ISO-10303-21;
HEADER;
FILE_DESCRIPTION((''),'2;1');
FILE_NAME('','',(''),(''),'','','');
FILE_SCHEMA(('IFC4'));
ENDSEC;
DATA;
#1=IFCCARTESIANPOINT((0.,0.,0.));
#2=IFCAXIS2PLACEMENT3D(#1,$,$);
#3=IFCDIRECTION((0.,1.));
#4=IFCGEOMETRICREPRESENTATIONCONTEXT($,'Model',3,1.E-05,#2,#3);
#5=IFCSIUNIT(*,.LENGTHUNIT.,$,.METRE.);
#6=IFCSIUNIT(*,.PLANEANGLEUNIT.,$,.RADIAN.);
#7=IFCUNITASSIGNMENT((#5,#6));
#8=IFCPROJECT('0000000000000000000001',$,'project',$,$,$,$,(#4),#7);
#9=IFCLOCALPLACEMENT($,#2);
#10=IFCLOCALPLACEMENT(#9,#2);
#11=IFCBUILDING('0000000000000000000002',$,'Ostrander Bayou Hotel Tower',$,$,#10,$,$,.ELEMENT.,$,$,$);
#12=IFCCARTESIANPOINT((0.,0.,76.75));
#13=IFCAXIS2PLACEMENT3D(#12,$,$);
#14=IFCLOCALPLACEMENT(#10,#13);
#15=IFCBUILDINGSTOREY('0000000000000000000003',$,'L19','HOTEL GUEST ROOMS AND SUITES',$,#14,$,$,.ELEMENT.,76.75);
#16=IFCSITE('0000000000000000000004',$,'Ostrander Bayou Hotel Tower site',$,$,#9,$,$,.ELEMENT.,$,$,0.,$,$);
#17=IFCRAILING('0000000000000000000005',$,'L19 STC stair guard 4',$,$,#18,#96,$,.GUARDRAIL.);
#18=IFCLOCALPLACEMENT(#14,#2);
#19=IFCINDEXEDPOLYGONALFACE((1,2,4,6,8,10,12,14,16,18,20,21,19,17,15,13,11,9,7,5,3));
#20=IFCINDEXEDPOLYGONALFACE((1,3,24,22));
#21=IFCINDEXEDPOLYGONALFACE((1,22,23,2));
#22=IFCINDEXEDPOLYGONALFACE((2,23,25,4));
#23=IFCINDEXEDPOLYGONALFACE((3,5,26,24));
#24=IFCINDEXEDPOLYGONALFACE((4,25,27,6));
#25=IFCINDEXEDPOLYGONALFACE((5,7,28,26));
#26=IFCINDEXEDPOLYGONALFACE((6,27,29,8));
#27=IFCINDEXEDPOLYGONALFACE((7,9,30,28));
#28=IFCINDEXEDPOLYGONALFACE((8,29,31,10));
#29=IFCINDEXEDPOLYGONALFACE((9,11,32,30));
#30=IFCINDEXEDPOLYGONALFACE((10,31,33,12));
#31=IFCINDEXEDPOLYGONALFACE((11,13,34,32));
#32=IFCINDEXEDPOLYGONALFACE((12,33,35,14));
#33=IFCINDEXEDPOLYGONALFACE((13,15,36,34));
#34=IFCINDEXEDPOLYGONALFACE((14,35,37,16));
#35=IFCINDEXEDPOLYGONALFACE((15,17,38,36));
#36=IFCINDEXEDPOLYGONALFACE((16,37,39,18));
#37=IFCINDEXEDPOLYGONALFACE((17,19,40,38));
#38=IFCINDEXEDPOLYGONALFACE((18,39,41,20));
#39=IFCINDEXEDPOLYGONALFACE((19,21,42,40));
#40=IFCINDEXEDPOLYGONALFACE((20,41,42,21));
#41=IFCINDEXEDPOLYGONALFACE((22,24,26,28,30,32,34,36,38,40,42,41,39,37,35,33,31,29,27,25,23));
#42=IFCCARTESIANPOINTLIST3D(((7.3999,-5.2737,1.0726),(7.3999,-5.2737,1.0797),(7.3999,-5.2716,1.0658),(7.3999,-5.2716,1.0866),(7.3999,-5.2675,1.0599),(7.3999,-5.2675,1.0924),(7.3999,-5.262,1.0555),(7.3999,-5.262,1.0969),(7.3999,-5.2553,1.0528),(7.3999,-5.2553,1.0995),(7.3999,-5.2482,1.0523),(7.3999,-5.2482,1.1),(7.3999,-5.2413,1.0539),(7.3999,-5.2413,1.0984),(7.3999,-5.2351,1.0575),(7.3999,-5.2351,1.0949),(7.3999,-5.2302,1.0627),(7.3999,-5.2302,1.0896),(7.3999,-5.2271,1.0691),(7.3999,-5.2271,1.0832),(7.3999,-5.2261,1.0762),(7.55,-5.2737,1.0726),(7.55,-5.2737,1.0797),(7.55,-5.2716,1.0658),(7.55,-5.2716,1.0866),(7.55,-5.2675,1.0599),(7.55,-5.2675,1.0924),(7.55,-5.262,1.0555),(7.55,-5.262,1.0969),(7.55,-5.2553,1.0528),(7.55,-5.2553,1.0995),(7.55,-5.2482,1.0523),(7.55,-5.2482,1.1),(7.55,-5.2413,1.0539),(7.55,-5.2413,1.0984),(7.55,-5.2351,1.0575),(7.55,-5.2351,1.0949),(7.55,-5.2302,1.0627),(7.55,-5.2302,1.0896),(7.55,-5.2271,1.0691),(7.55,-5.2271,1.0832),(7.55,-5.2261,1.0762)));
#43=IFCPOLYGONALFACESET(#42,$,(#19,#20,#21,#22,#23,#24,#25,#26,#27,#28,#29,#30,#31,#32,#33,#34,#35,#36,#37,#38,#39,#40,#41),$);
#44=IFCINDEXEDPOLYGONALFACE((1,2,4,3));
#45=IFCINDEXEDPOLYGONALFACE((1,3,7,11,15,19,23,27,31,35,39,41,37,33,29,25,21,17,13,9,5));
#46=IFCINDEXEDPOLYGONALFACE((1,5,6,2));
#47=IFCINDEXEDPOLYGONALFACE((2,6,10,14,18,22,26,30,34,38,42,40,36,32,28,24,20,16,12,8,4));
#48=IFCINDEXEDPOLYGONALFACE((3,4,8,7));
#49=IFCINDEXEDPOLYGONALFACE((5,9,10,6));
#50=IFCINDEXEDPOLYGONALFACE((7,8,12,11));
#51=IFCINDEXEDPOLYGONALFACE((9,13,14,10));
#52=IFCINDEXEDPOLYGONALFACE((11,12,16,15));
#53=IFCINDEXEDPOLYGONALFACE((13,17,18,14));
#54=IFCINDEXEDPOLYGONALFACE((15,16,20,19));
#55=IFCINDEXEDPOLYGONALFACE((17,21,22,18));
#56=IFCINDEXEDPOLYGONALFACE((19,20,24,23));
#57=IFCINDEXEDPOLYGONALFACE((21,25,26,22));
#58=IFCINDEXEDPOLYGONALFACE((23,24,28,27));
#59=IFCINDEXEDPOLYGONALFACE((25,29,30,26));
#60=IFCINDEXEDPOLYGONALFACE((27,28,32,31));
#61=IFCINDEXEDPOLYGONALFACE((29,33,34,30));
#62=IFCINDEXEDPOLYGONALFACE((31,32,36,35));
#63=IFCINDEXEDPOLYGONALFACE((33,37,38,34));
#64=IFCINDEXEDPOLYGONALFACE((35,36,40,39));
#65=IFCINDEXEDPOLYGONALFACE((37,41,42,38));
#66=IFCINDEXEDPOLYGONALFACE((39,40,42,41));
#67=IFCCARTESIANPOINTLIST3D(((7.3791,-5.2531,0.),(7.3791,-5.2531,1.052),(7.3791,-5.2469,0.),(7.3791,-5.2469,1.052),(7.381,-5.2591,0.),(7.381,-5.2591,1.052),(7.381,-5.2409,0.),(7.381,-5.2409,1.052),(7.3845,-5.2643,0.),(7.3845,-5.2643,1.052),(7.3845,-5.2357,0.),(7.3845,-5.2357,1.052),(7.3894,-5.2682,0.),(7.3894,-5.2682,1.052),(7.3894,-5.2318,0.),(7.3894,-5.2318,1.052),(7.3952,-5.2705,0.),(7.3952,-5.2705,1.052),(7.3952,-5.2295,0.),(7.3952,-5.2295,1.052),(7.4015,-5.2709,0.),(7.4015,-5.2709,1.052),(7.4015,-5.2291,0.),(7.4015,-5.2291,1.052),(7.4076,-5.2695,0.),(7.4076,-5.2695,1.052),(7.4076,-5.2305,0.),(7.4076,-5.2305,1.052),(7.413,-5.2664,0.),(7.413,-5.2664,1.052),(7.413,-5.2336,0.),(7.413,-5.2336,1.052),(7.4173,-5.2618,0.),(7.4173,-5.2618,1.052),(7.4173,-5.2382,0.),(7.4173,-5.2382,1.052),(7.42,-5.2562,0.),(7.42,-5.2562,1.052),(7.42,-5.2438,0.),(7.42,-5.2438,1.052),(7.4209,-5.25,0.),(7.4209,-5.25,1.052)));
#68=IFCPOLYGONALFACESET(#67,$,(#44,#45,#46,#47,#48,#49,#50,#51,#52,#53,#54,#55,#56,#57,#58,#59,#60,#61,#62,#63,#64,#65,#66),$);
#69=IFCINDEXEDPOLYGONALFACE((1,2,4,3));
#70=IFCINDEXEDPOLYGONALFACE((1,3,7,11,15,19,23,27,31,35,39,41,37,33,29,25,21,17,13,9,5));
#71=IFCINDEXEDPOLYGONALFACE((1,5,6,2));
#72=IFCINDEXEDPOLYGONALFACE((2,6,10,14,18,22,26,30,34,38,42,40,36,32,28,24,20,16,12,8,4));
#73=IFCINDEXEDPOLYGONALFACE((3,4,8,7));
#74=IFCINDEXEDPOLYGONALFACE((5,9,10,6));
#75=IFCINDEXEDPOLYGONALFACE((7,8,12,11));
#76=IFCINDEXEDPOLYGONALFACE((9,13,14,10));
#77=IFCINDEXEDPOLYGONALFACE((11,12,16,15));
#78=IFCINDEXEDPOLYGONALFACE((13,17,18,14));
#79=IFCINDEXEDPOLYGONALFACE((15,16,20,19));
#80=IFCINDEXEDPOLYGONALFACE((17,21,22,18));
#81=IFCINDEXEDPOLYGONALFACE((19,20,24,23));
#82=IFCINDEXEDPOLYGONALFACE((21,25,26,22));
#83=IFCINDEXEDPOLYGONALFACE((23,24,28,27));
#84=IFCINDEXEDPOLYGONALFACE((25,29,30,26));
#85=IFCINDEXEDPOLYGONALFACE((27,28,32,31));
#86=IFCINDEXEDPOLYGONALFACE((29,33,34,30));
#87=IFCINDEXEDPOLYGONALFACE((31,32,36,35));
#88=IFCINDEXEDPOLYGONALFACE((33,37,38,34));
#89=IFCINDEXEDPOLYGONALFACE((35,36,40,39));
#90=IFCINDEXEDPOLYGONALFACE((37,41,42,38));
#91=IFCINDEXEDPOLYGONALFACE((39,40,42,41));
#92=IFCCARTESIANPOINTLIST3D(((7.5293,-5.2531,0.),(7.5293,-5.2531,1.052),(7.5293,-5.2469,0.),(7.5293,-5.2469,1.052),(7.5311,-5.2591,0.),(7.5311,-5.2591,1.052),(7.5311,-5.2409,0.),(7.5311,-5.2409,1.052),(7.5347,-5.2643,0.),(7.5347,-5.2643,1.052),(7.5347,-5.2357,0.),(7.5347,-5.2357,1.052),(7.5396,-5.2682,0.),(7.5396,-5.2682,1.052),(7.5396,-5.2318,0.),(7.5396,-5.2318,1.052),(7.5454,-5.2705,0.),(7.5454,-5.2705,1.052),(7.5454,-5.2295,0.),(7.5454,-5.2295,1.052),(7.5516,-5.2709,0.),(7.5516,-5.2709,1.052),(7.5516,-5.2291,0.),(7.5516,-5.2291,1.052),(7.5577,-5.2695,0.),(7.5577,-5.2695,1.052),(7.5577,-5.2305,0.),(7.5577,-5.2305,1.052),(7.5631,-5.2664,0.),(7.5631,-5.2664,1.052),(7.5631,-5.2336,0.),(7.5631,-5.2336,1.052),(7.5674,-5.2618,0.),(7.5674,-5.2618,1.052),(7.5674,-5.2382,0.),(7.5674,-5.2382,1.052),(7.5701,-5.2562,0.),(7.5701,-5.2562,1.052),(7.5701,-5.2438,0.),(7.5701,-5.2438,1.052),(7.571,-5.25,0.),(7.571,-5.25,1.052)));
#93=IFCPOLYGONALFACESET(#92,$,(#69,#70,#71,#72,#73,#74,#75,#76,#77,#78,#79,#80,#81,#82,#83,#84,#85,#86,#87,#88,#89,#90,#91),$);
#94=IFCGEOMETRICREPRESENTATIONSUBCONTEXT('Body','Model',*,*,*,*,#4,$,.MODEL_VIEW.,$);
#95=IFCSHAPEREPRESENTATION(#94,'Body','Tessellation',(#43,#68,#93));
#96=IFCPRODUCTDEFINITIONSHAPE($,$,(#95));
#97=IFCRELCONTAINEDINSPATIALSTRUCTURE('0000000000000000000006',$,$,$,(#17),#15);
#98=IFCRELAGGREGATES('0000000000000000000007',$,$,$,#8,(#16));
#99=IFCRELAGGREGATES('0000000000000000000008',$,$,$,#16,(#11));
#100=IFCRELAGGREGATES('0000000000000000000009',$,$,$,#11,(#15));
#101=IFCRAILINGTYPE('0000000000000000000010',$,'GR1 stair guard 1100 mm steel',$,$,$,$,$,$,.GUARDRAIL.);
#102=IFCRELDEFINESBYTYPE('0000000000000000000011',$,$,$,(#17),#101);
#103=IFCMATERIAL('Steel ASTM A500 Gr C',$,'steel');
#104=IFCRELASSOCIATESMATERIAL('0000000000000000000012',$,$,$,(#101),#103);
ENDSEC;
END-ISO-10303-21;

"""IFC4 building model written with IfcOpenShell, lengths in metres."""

from ifc_helpers import new_model, si_unit, direction, frame, origin, origin_2d, place, context, subcontext, project, spatial, circle, extrude, material, type_object, element, save


model = new_model("IFC4")

# Units and contexts
model_context = context("Model", 3, precision=1e-05, world=origin(), true_north=direction((0.0, 1.0)))
body_context = subcontext(model_context, "Body", "Model", "MODEL_VIEW")
ifc_project = project(units=[si_unit("LENGTHUNIT", "METRE"), si_unit("PLANEANGLEUNIT", "RADIAN")], contexts=[model_context])

# Site, building, storey
site_placement = place(None, origin())
site = spatial("IfcSite", under=ifc_project, at=site_placement, Name="Ostrander Bayou Hotel Tower site", CompositionType="ELEMENT", RefElevation=0.0)
building_placement = place(site_placement, origin())
building = spatial("IfcBuilding", under=site, at=building_placement, Name="Ostrander Bayou Hotel Tower", CompositionType="ELEMENT")
storey_placement = place(building_placement, frame((0.0, 0.0, 76.75)))
storey = spatial("IfcBuildingStorey", under=building, at=storey_placement, Name="L19", Description="HOTEL GUEST ROOMS AND SUITES", CompositionType="ELEMENT", Elevation=76.75)

# Railing
ifc_material_1 = material(Name="Steel ASTM A500 Gr C", Category="steel")
railing_type_1 = type_object("IfcRailingType", Name="GR1 stair guard 1100 mm steel", PredefinedType="GUARDRAIL", material=ifc_material_1)
railing_1_placement = place(storey_placement, frame((7.3999, -5.25, 0.0)))
element("IfcRailing", 1, at=railing_1_placement, inside=storey, type_object=railing_type_1, Name="L19 STC stair guard 4", PredefinedType="GUARDRAIL", context=body_context, shape_type="SweptSolid", body=[
    extrude(circle(Radius=0.0239, at=origin_2d()), frame((0.0, 0.0, 1.0762), z_axis=(1.0, 0.0, 0.0), x_axis=(0.0, 1.0, 0.0)), (0.0, 0.0, 1.0), 0.1501),
    extrude(circle(Radius=0.021, at=origin_2d()), origin(), (0.0, 0.0, 1.0), 1.052),
    extrude(circle(Radius=0.021, at=origin_2d()), frame((0.1501, 0.0, 0.0)), (0.0, 0.0, 1.0), 1.052),
])

save(model, "model.ifc")
